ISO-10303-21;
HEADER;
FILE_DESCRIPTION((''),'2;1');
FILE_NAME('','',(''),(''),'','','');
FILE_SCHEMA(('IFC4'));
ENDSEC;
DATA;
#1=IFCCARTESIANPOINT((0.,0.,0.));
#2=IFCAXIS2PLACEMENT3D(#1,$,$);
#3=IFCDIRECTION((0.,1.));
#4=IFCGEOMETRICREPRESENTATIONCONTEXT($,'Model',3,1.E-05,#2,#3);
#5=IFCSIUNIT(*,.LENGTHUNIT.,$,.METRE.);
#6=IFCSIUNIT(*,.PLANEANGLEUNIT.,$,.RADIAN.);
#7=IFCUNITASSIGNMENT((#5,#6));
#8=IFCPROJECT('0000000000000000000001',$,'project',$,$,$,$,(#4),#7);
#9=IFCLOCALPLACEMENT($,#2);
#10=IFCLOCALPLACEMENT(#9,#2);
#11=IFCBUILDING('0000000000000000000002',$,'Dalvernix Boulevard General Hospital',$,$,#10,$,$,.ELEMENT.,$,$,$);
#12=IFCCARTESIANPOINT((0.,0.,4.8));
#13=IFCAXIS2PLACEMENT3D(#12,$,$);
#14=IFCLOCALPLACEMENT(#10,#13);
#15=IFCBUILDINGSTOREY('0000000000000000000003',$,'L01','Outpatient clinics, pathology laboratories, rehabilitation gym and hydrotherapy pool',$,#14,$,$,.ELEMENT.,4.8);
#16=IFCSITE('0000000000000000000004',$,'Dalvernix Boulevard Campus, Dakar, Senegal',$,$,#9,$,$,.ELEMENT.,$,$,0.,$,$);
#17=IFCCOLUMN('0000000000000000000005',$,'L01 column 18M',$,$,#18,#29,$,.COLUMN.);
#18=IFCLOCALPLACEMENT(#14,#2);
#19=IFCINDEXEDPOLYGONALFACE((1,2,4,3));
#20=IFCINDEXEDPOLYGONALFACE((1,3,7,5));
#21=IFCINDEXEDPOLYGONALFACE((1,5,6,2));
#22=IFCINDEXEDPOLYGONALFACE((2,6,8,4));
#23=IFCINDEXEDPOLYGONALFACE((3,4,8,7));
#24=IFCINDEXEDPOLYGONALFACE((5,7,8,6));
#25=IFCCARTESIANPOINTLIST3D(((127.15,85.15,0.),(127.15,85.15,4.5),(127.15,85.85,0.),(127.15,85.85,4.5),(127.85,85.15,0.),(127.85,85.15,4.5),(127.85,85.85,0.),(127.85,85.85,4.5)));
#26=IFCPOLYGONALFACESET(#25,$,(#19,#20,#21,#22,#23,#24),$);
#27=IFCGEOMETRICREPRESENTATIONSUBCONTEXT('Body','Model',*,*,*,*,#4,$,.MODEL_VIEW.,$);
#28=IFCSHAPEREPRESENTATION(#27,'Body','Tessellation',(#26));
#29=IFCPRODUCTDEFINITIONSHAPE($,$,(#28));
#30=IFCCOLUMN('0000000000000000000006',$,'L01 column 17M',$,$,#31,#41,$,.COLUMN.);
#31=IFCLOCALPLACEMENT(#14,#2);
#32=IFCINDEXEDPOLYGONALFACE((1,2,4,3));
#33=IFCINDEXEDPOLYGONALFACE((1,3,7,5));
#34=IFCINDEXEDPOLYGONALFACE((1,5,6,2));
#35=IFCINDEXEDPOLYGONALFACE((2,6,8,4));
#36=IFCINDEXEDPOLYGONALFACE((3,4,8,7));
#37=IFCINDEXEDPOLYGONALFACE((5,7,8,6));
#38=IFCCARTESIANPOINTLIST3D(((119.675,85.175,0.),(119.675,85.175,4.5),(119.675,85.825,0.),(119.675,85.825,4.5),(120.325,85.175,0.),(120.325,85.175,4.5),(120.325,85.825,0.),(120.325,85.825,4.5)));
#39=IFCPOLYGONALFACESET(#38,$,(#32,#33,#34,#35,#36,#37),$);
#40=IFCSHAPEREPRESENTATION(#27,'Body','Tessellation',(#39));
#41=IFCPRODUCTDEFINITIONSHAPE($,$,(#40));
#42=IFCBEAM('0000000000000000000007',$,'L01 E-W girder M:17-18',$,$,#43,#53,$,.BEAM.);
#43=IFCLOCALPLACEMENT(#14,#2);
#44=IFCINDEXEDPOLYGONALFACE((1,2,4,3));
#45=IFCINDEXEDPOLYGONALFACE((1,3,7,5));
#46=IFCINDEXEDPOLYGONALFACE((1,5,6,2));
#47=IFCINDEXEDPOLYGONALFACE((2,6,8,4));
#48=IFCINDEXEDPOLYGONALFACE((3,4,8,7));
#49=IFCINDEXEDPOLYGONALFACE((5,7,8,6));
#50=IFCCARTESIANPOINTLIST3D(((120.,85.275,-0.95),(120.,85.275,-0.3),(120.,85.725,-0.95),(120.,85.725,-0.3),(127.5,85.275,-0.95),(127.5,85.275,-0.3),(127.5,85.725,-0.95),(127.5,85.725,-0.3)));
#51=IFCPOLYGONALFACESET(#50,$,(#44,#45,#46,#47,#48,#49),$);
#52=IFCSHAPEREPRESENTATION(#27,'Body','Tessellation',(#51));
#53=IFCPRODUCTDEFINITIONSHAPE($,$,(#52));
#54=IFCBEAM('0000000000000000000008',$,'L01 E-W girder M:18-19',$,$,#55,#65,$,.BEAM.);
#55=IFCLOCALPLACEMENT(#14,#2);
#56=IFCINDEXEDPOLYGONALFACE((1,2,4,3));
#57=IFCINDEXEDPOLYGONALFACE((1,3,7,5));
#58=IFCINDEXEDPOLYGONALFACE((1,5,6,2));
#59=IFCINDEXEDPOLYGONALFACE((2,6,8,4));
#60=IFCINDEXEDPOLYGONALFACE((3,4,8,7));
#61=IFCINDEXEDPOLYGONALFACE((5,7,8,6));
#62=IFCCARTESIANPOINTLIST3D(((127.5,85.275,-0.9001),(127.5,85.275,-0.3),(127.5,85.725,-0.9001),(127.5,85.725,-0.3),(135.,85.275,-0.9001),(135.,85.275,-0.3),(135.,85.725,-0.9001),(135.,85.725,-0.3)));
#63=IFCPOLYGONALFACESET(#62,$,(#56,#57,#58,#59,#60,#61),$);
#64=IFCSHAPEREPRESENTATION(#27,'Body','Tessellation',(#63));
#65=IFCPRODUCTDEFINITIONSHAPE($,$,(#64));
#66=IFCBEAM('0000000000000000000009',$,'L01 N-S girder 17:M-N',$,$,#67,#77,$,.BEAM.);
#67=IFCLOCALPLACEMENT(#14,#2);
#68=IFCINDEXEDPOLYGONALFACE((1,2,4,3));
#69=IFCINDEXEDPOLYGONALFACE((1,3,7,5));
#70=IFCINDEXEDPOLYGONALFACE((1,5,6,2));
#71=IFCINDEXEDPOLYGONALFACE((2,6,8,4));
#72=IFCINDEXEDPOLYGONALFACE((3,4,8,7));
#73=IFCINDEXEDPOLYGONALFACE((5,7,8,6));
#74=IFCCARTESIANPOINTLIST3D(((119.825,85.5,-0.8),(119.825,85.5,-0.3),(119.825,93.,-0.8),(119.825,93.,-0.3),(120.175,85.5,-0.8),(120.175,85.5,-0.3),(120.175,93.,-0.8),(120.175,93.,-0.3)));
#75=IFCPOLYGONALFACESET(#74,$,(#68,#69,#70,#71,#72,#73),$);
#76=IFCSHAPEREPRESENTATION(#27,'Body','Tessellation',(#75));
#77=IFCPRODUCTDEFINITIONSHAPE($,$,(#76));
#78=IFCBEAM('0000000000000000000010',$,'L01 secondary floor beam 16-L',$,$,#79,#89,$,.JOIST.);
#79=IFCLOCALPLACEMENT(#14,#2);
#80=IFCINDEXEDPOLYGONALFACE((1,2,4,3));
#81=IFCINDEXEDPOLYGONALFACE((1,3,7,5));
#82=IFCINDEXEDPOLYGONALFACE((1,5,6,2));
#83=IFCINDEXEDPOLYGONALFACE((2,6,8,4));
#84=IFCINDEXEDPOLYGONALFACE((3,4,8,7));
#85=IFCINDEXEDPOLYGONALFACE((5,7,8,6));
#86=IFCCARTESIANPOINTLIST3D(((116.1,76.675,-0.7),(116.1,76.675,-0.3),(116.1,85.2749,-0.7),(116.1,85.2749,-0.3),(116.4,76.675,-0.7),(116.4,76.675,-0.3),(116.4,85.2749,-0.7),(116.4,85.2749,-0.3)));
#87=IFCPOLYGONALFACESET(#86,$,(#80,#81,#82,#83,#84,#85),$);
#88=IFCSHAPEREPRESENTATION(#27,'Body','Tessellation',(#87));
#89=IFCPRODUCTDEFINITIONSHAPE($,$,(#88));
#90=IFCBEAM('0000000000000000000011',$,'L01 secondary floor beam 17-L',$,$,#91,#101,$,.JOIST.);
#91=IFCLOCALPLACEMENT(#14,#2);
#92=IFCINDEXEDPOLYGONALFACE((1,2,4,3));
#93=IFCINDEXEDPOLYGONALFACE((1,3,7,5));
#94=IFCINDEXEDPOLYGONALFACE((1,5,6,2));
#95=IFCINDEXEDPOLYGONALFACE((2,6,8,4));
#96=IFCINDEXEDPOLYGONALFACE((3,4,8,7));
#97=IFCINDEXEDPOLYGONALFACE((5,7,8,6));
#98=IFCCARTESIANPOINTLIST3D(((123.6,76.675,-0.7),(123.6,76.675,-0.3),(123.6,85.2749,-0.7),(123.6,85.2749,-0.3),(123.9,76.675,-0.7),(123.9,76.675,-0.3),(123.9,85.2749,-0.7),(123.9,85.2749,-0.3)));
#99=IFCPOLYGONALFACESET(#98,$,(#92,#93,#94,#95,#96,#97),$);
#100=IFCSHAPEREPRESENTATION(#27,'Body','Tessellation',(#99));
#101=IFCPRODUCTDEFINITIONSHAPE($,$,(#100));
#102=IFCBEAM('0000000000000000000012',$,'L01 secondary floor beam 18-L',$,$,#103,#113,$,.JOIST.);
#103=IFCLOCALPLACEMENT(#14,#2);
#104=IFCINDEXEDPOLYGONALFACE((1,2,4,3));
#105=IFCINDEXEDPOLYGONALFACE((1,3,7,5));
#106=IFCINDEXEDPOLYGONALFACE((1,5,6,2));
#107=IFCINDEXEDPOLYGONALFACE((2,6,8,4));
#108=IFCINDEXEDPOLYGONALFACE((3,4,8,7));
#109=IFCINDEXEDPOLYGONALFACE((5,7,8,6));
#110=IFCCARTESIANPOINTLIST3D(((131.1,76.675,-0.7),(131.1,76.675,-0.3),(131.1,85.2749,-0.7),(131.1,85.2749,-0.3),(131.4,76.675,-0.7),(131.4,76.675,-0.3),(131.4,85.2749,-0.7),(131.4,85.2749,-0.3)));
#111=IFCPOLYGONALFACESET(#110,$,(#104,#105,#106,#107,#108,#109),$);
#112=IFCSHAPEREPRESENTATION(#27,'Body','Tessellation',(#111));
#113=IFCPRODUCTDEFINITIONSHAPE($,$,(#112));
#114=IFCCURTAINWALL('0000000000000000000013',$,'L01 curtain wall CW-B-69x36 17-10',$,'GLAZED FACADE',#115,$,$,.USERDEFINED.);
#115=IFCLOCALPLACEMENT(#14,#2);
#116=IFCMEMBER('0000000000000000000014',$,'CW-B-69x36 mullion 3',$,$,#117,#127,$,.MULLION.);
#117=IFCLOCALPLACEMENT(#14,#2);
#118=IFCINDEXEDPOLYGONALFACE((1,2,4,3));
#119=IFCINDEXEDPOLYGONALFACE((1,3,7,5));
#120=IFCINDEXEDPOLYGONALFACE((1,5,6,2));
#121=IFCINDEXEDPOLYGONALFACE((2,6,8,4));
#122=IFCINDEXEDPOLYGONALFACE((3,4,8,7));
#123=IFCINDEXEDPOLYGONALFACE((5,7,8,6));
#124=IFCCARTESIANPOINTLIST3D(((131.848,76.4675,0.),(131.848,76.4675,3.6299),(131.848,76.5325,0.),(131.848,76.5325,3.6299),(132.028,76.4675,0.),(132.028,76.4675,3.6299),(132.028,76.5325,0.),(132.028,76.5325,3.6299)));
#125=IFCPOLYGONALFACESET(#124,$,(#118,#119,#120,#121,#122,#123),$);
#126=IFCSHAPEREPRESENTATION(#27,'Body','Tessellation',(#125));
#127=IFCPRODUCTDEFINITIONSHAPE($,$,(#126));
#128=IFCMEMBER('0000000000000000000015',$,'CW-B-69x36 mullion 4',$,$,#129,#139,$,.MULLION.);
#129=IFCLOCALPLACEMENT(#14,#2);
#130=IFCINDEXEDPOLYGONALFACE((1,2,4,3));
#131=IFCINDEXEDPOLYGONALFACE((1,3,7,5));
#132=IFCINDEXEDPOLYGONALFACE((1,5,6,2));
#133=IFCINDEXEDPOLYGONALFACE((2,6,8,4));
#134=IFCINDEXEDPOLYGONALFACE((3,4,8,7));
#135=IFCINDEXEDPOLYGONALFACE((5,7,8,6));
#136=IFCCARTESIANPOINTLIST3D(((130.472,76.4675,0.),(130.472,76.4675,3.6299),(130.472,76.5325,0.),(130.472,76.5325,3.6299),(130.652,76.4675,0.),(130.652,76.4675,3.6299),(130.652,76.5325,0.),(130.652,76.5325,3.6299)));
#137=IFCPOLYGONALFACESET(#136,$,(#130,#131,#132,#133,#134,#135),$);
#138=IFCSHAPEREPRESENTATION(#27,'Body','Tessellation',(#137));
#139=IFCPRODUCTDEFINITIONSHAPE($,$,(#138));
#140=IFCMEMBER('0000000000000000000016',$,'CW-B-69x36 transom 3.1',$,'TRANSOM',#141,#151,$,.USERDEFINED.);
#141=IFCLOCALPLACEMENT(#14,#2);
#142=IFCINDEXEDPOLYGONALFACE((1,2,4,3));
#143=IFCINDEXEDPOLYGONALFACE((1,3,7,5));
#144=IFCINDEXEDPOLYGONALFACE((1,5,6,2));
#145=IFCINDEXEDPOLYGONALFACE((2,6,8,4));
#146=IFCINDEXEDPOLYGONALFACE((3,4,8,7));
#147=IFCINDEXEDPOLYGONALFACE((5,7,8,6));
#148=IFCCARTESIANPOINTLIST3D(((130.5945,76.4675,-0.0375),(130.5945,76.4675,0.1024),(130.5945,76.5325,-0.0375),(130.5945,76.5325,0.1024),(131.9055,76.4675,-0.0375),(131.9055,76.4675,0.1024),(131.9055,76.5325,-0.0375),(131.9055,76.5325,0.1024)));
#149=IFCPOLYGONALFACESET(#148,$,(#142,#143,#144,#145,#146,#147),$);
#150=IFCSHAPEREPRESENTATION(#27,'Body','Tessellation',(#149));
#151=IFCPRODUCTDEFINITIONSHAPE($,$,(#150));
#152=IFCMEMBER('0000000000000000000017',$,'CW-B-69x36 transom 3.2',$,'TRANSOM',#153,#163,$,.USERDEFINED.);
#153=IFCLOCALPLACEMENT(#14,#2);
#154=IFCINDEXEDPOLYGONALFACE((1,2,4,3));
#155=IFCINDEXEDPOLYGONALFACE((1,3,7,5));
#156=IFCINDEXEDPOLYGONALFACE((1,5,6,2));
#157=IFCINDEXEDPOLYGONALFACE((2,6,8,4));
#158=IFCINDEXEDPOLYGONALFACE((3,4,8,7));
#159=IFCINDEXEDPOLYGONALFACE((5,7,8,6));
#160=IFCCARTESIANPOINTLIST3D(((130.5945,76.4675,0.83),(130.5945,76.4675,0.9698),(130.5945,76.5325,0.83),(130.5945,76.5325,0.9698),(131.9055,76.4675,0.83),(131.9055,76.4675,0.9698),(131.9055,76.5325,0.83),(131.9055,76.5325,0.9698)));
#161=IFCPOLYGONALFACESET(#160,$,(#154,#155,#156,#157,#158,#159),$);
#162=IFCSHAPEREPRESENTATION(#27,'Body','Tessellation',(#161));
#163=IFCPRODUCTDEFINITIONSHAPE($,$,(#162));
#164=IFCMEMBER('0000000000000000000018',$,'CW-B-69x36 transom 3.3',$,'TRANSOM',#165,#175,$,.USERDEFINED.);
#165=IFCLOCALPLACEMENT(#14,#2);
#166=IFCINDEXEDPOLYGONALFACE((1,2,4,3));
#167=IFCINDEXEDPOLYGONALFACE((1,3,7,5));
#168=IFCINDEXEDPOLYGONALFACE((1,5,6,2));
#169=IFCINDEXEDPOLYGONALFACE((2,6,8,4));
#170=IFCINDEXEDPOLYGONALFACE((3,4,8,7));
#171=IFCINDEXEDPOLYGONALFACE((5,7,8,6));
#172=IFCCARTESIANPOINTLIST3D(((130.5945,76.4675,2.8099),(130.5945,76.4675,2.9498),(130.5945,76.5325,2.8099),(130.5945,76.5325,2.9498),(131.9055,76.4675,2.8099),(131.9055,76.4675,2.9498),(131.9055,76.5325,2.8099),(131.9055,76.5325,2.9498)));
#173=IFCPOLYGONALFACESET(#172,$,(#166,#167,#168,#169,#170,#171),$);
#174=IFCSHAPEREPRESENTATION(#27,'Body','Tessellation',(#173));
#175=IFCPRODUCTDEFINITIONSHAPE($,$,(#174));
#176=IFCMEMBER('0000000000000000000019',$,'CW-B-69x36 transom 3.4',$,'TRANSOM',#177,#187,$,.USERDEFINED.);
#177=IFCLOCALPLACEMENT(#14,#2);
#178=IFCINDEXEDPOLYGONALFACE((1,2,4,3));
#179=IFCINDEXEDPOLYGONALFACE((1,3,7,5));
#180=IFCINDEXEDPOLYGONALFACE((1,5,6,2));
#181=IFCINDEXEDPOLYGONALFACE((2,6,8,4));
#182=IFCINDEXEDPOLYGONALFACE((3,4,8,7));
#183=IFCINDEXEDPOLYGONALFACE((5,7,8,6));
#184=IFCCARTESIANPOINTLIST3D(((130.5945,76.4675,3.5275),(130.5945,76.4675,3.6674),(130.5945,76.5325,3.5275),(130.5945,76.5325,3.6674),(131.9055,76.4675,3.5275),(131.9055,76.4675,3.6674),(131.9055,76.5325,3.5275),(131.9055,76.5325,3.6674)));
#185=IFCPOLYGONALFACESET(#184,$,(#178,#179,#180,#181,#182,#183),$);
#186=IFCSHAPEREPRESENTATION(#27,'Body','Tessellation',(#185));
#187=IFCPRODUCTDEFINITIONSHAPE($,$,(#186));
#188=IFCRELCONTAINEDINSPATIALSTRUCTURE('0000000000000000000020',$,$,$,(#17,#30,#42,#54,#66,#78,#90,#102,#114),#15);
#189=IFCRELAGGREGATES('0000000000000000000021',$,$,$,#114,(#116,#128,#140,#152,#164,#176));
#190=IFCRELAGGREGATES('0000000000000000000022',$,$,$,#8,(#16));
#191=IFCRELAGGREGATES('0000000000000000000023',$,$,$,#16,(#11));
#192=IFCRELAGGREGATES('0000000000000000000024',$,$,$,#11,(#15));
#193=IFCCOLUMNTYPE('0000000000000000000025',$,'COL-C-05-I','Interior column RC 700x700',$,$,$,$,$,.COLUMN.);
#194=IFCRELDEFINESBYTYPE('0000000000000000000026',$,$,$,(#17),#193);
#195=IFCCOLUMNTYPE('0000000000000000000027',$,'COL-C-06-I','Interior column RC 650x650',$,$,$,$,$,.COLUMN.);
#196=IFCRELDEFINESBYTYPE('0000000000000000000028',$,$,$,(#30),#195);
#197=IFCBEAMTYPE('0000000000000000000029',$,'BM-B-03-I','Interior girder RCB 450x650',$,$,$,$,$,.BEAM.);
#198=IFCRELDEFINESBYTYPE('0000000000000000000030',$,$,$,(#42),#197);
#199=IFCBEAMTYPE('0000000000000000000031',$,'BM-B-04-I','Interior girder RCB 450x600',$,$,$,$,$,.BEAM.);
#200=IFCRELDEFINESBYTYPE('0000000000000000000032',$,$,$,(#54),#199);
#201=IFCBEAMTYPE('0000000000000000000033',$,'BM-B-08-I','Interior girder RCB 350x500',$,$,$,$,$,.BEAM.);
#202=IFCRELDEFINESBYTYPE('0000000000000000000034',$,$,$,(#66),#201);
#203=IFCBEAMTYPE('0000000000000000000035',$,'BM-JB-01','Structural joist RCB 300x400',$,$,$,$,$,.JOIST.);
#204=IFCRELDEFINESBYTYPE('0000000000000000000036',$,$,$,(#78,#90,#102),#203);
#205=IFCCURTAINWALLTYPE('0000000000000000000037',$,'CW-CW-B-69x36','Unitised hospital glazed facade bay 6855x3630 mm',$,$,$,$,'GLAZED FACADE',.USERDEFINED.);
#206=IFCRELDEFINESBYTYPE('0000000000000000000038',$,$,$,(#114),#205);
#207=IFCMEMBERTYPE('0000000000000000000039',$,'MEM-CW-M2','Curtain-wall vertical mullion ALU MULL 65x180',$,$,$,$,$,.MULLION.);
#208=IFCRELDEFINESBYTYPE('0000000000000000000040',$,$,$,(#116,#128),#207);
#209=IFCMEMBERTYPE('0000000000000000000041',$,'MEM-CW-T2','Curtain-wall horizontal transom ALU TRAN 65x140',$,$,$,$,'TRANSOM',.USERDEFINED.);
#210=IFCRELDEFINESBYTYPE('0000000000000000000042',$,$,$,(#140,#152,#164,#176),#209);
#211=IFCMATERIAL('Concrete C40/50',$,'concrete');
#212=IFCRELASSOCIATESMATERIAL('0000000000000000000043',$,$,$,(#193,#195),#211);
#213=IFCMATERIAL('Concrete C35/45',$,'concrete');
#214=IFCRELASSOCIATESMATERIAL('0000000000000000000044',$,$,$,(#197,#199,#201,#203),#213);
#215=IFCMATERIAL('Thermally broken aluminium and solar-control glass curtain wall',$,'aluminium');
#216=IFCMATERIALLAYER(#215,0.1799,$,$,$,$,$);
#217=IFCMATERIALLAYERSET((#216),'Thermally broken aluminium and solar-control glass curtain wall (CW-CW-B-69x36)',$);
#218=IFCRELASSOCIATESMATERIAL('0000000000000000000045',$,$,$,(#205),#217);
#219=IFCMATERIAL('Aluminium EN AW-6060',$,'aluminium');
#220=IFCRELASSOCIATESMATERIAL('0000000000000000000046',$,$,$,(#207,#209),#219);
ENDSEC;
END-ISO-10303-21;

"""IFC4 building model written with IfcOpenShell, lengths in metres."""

from ifc_helpers import new_model, si_unit, direction, frame, origin, origin_2d, place, context, subcontext, project, spatial, rectangle, extrude, material, layer, layer_set, material_profile, profile_set, type_object, element, aggregate, save


model = new_model("IFC4")

# Units and contexts
model_context = context("Model", 3, precision=1e-05, world=origin(), true_north=direction((0.0, 1.0)))
body_context = subcontext(model_context, "Body", "Model", "MODEL_VIEW")
ifc_project = project(units=[si_unit("LENGTHUNIT", "METRE"), si_unit("PLANEANGLEUNIT", "RADIAN")], contexts=[model_context])

# Site, building, storey
site_placement = place(None, origin())
site = spatial("IfcSite", under=ifc_project, at=site_placement, Name="Dalvernix Boulevard Campus, Dakar, Senegal", CompositionType="ELEMENT", RefElevation=0.0)
building_placement = place(site_placement, origin())
building = spatial("IfcBuilding", under=site, at=building_placement, Name="Dalvernix Boulevard General Hospital", CompositionType="ELEMENT")
storey_placement = place(building_placement, frame((0.0, 0.0, 4.8)))
storey = spatial("IfcBuildingStorey", under=building, at=storey_placement, Name="L01", Description="Outpatient clinics, pathology laboratories, rehabilitation gym and hydrotherapy pool", CompositionType="ELEMENT", Elevation=4.8)

# Columns
ifc_material_1 = material(Name="Concrete C40/50", Category="concrete")
ifc_material_profile_1 = material_profile(ifc_material_1, rectangle(XDim=0.7, YDim=0.7, at=origin_2d()), Name="RC 700x700")
ifc_profile_set_1 = profile_set([ifc_material_profile_1], Name="Concrete C40/50")
column_type_1 = type_object("IfcColumnType", Name="COL-C-05-I", Description="Interior column RC 700x700", PredefinedType="COLUMN", material=ifc_profile_set_1)
column_1_placement = place(storey_placement, frame((127.5, 85.5, 0.0), z_axis=(0.0, 0.0, 1.0), x_axis=(1.0, 0.0, 0.0)))
element("IfcColumn", 1, at=column_1_placement, inside=storey, type_object=column_type_1, Name="L01 column 18M", PredefinedType="COLUMN", context=body_context, shape_type="SweptSolid", body=[
    extrude(rectangle(XDim=0.7, YDim=0.7, at=origin_2d()), origin(), (0.0, 0.0, 1.0), 4.5),
])
ifc_material_profile_2 = material_profile(ifc_material_1, rectangle(XDim=0.6499, YDim=0.6499, at=origin_2d()), Name="RC 650x650")
ifc_profile_set_2 = profile_set([ifc_material_profile_2], Name="Concrete C40/50")
column_type_2 = type_object("IfcColumnType", Name="COL-C-06-I", Description="Interior column RC 650x650", PredefinedType="COLUMN", material=ifc_profile_set_2)
column_2_placement = place(storey_placement, frame((120.0, 85.5, 0.0), z_axis=(0.0, 0.0, 1.0), x_axis=(1.0, 0.0, 0.0)))
element("IfcColumn", 2, at=column_2_placement, inside=storey, type_object=column_type_2, Name="L01 column 17M", PredefinedType="COLUMN", context=body_context, shape_type="SweptSolid", body=[
    extrude(rectangle(XDim=0.6499, YDim=0.6499, at=origin_2d()), origin(), (0.0, 0.0, 1.0), 4.5),
])

# Beams
ifc_material_2 = material(Name="Concrete C35/45", Category="concrete")
ifc_material_profile_3 = material_profile(ifc_material_2, rectangle(XDim=0.45, YDim=0.6499, at=origin_2d()), Name="RCB 450x650")
ifc_profile_set_3 = profile_set([ifc_material_profile_3], Name="Concrete C35/45")
beam_type_1 = type_object("IfcBeamType", Name="BM-B-03-I", Description="Interior girder RCB 450x650", PredefinedType="BEAM", material=ifc_profile_set_3)
beam_1_placement = place(storey_placement, frame((120.0, 85.5, -0.625), z_axis=(1.0, 0.0, 0.0), x_axis=(0.0, 1.0, 0.0)))
element("IfcBeam", 3, at=beam_1_placement, inside=storey, type_object=beam_type_1, Name="L01 E-W girder M:17-18", PredefinedType="BEAM", context=body_context, shape_type="SweptSolid", body=[
    extrude(rectangle(XDim=0.45, YDim=0.6499, at=origin_2d()), origin(), (0.0, 0.0, 1.0), 7.5),
])
ifc_material_profile_4 = material_profile(ifc_material_2, rectangle(XDim=0.45, YDim=0.6001, at=origin_2d()), Name="RCB 450x600")
ifc_profile_set_4 = profile_set([ifc_material_profile_4], Name="Concrete C35/45")
beam_type_2 = type_object("IfcBeamType", Name="BM-B-04-I", Description="Interior girder RCB 450x600", PredefinedType="BEAM", material=ifc_profile_set_4)
beam_2_placement = place(storey_placement, frame((127.5, 85.5, -0.6001), z_axis=(1.0, 0.0, 0.0), x_axis=(0.0, 1.0, 0.0)))
element("IfcBeam", 4, at=beam_2_placement, inside=storey, type_object=beam_type_2, Name="L01 E-W girder M:18-19", PredefinedType="BEAM", context=body_context, shape_type="SweptSolid", body=[
    extrude(rectangle(XDim=0.45, YDim=0.6001, at=origin_2d()), origin(), (0.0, 0.0, 1.0), 7.5),
])
ifc_material_profile_5 = material_profile(ifc_material_2, rectangle(XDim=0.3501, YDim=0.5, at=origin_2d()), Name="RCB 350x500")
ifc_profile_set_5 = profile_set([ifc_material_profile_5], Name="Concrete C35/45")
beam_type_3 = type_object("IfcBeamType", Name="BM-B-08-I", Description="Interior girder RCB 350x500", PredefinedType="BEAM", material=ifc_profile_set_5)
beam_3_placement = place(storey_placement, frame((120.0, 85.5, -0.55), z_axis=(0.0, 1.0, 0.0), x_axis=(-1.0, 0.0, 0.0)))
element("IfcBeam", 5, at=beam_3_placement, inside=storey, type_object=beam_type_3, Name="L01 N-S girder 17:M-N", PredefinedType="BEAM", context=body_context, shape_type="SweptSolid", body=[
    extrude(rectangle(XDim=0.3501, YDim=0.5, at=origin_2d()), origin(), (0.0, 0.0, 1.0), 7.5),
])
ifc_material_profile_6 = material_profile(ifc_material_2, rectangle(XDim=0.3, YDim=0.3999, at=origin_2d()), Name="RCB 300x400")
ifc_profile_set_6 = profile_set([ifc_material_profile_6], Name="Concrete C35/45")
beam_type_4 = type_object("IfcBeamType", Name="BM-JB-01", Description="Structural joist RCB 300x400", PredefinedType="JOIST", material=ifc_profile_set_6)
for number, where, z_axis, x_axis, name in (
    (6, (116.25, 76.675, -0.5), (0.0, 1.0, 0.0), (-1.0, 0.0, 0.0), "L01 secondary floor beam 16-L"),
    (7, (123.75, 76.675, -0.5), (0.0, 1.0, 0.0), (-1.0, 0.0, 0.0), "L01 secondary floor beam 17-L"),
    (8, (131.25, 76.675, -0.5), (0.0, 1.0, 0.0), (-1.0, 0.0, 0.0), "L01 secondary floor beam 18-L"),
):
    element("IfcBeam", number, at=place(storey_placement, frame(where, z_axis=z_axis, x_axis=x_axis)), inside=storey, type_object=beam_type_4, Name=name, PredefinedType="JOIST", context=body_context, shape_type="SweptSolid", body=[
        extrude(rectangle(XDim=0.3, YDim=0.3999, at=origin_2d()), origin(), (0.0, 0.0, 1.0), 8.5999),
    ])

# Curtain wall, members
ifc_material_3 = material(Name="Thermally broken aluminium and solar-control glass curtain wall", Category="aluminium")
ifc_layer_1 = layer(ifc_material_3, 0.1799)
ifc_layer_set_1 = layer_set([ifc_layer_1], Name="Thermally broken aluminium and solar-control glass curtain wall (CW-CW-B-69x36)")
curtain_wall_type = type_object("IfcCurtainWallType", Name="CW-CW-B-69x36", Description="Unitised hospital glazed facade bay 6855x3630 mm", ElementType="GLAZED FACADE", PredefinedType="USERDEFINED", material=ifc_layer_set_1)
curtain_wall_placement = place(storey_placement, origin())
curtain_wall = element("IfcCurtainWall", 9, at=curtain_wall_placement, inside=storey, type_object=curtain_wall_type, Name="L01 curtain wall CW-B-69x36 17-10", ObjectType="GLAZED FACADE", PredefinedType="USERDEFINED")
ifc_material_4 = material(Name="Aluminium EN AW-6060", Category="aluminium")
ifc_material_profile_7 = material_profile(ifc_material_4, rectangle(XDim=0.0649, YDim=0.1799, at=origin_2d()), Name="ALU MULL 65x180")
ifc_profile_set_7 = profile_set([ifc_material_profile_7], Name="Aluminium EN AW-6060")
member_type_1 = type_object("IfcMemberType", Name="MEM-CW-M2", Description="Curtain-wall vertical mullion ALU MULL 65x180", PredefinedType="MULLION", material=ifc_profile_set_7)
member_1_placement = place(storey_placement, frame((131.938, 76.5, 0.0), z_axis=(0.0, 0.0, 1.0), x_axis=(0.0, -1.0, 0.0)))
member_1 = element("IfcMember", 10, at=member_1_placement, type_object=member_type_1, Name="CW-B-69x36 mullion 3", PredefinedType="MULLION", context=body_context, shape_type="SweptSolid", body=[
    extrude(rectangle(XDim=0.0649, YDim=0.1799, at=origin_2d()), origin(), (0.0, 0.0, 1.0), 3.6299),
])
member_2_placement = place(storey_placement, frame((130.562, 76.5, 0.0), z_axis=(0.0, 0.0, 1.0), x_axis=(0.0, -1.0, 0.0)))
member_2 = element("IfcMember", 11, at=member_2_placement, type_object=member_type_1, Name="CW-B-69x36 mullion 4", PredefinedType="MULLION", context=body_context, shape_type="SweptSolid", body=[
    extrude(rectangle(XDim=0.0649, YDim=0.1799, at=origin_2d()), origin(), (0.0, 0.0, 1.0), 3.6299),
])
ifc_material_profile_8 = material_profile(ifc_material_4, rectangle(XDim=0.0649, YDim=0.1399, at=origin_2d()), Name="ALU TRAN 65x140")
ifc_profile_set_8 = profile_set([ifc_material_profile_8], Name="Aluminium EN AW-6060")
member_type_2 = type_object("IfcMemberType", Name="MEM-CW-T2", Description="Curtain-wall horizontal transom ALU TRAN 65x140", ElementType="TRANSOM", PredefinedType="USERDEFINED", material=ifc_profile_set_8)
member_3_placement = place(storey_placement, frame((131.9055, 76.5, 0.0325), z_axis=(-1.0, 0.0, 0.0), x_axis=(0.0, -1.0, 0.0)))
member_3 = element("IfcMember", 12, at=member_3_placement, type_object=member_type_2, Name="CW-B-69x36 transom 3.1", ObjectType="TRANSOM", PredefinedType="USERDEFINED", context=body_context, shape_type="SweptSolid", body=[
    extrude(rectangle(XDim=0.0649, YDim=0.1399, at=origin_2d()), origin(), (0.0, 0.0, 1.0), 1.311),
])
member_4_placement = place(storey_placement, frame((131.9055, 76.5, 0.8999), z_axis=(-1.0, 0.0, 0.0), x_axis=(0.0, -1.0, 0.0)))
member_4 = element("IfcMember", 13, at=member_4_placement, type_object=member_type_2, Name="CW-B-69x36 transom 3.2", ObjectType="TRANSOM", PredefinedType="USERDEFINED", context=body_context, shape_type="SweptSolid", body=[
    extrude(rectangle(XDim=0.0649, YDim=0.1399, at=origin_2d()), origin(), (0.0, 0.0, 1.0), 1.311),
])
member_5_placement = place(storey_placement, frame((131.9055, 76.5, 2.8799), z_axis=(-1.0, 0.0, 0.0), x_axis=(0.0, -1.0, 0.0)))
member_5 = element("IfcMember", 14, at=member_5_placement, type_object=member_type_2, Name="CW-B-69x36 transom 3.3", ObjectType="TRANSOM", PredefinedType="USERDEFINED", context=body_context, shape_type="SweptSolid", body=[
    extrude(rectangle(XDim=0.0649, YDim=0.1399, at=origin_2d()), origin(), (0.0, 0.0, 1.0), 1.311),
])
member_6_placement = place(storey_placement, frame((131.9055, 76.5, 3.5974), z_axis=(-1.0, 0.0, 0.0), x_axis=(0.0, -1.0, 0.0)))
member_6 = element("IfcMember", 15, at=member_6_placement, type_object=member_type_2, Name="CW-B-69x36 transom 3.4", ObjectType="TRANSOM", PredefinedType="USERDEFINED", context=body_context, shape_type="SweptSolid", body=[
    extrude(rectangle(XDim=0.0649, YDim=0.1399, at=origin_2d()), origin(), (0.0, 0.0, 1.0), 1.311),
])
aggregate(curtain_wall, [member_1, member_2, member_3, member_4, member_5, member_6])

save(model, "model.ifc")
